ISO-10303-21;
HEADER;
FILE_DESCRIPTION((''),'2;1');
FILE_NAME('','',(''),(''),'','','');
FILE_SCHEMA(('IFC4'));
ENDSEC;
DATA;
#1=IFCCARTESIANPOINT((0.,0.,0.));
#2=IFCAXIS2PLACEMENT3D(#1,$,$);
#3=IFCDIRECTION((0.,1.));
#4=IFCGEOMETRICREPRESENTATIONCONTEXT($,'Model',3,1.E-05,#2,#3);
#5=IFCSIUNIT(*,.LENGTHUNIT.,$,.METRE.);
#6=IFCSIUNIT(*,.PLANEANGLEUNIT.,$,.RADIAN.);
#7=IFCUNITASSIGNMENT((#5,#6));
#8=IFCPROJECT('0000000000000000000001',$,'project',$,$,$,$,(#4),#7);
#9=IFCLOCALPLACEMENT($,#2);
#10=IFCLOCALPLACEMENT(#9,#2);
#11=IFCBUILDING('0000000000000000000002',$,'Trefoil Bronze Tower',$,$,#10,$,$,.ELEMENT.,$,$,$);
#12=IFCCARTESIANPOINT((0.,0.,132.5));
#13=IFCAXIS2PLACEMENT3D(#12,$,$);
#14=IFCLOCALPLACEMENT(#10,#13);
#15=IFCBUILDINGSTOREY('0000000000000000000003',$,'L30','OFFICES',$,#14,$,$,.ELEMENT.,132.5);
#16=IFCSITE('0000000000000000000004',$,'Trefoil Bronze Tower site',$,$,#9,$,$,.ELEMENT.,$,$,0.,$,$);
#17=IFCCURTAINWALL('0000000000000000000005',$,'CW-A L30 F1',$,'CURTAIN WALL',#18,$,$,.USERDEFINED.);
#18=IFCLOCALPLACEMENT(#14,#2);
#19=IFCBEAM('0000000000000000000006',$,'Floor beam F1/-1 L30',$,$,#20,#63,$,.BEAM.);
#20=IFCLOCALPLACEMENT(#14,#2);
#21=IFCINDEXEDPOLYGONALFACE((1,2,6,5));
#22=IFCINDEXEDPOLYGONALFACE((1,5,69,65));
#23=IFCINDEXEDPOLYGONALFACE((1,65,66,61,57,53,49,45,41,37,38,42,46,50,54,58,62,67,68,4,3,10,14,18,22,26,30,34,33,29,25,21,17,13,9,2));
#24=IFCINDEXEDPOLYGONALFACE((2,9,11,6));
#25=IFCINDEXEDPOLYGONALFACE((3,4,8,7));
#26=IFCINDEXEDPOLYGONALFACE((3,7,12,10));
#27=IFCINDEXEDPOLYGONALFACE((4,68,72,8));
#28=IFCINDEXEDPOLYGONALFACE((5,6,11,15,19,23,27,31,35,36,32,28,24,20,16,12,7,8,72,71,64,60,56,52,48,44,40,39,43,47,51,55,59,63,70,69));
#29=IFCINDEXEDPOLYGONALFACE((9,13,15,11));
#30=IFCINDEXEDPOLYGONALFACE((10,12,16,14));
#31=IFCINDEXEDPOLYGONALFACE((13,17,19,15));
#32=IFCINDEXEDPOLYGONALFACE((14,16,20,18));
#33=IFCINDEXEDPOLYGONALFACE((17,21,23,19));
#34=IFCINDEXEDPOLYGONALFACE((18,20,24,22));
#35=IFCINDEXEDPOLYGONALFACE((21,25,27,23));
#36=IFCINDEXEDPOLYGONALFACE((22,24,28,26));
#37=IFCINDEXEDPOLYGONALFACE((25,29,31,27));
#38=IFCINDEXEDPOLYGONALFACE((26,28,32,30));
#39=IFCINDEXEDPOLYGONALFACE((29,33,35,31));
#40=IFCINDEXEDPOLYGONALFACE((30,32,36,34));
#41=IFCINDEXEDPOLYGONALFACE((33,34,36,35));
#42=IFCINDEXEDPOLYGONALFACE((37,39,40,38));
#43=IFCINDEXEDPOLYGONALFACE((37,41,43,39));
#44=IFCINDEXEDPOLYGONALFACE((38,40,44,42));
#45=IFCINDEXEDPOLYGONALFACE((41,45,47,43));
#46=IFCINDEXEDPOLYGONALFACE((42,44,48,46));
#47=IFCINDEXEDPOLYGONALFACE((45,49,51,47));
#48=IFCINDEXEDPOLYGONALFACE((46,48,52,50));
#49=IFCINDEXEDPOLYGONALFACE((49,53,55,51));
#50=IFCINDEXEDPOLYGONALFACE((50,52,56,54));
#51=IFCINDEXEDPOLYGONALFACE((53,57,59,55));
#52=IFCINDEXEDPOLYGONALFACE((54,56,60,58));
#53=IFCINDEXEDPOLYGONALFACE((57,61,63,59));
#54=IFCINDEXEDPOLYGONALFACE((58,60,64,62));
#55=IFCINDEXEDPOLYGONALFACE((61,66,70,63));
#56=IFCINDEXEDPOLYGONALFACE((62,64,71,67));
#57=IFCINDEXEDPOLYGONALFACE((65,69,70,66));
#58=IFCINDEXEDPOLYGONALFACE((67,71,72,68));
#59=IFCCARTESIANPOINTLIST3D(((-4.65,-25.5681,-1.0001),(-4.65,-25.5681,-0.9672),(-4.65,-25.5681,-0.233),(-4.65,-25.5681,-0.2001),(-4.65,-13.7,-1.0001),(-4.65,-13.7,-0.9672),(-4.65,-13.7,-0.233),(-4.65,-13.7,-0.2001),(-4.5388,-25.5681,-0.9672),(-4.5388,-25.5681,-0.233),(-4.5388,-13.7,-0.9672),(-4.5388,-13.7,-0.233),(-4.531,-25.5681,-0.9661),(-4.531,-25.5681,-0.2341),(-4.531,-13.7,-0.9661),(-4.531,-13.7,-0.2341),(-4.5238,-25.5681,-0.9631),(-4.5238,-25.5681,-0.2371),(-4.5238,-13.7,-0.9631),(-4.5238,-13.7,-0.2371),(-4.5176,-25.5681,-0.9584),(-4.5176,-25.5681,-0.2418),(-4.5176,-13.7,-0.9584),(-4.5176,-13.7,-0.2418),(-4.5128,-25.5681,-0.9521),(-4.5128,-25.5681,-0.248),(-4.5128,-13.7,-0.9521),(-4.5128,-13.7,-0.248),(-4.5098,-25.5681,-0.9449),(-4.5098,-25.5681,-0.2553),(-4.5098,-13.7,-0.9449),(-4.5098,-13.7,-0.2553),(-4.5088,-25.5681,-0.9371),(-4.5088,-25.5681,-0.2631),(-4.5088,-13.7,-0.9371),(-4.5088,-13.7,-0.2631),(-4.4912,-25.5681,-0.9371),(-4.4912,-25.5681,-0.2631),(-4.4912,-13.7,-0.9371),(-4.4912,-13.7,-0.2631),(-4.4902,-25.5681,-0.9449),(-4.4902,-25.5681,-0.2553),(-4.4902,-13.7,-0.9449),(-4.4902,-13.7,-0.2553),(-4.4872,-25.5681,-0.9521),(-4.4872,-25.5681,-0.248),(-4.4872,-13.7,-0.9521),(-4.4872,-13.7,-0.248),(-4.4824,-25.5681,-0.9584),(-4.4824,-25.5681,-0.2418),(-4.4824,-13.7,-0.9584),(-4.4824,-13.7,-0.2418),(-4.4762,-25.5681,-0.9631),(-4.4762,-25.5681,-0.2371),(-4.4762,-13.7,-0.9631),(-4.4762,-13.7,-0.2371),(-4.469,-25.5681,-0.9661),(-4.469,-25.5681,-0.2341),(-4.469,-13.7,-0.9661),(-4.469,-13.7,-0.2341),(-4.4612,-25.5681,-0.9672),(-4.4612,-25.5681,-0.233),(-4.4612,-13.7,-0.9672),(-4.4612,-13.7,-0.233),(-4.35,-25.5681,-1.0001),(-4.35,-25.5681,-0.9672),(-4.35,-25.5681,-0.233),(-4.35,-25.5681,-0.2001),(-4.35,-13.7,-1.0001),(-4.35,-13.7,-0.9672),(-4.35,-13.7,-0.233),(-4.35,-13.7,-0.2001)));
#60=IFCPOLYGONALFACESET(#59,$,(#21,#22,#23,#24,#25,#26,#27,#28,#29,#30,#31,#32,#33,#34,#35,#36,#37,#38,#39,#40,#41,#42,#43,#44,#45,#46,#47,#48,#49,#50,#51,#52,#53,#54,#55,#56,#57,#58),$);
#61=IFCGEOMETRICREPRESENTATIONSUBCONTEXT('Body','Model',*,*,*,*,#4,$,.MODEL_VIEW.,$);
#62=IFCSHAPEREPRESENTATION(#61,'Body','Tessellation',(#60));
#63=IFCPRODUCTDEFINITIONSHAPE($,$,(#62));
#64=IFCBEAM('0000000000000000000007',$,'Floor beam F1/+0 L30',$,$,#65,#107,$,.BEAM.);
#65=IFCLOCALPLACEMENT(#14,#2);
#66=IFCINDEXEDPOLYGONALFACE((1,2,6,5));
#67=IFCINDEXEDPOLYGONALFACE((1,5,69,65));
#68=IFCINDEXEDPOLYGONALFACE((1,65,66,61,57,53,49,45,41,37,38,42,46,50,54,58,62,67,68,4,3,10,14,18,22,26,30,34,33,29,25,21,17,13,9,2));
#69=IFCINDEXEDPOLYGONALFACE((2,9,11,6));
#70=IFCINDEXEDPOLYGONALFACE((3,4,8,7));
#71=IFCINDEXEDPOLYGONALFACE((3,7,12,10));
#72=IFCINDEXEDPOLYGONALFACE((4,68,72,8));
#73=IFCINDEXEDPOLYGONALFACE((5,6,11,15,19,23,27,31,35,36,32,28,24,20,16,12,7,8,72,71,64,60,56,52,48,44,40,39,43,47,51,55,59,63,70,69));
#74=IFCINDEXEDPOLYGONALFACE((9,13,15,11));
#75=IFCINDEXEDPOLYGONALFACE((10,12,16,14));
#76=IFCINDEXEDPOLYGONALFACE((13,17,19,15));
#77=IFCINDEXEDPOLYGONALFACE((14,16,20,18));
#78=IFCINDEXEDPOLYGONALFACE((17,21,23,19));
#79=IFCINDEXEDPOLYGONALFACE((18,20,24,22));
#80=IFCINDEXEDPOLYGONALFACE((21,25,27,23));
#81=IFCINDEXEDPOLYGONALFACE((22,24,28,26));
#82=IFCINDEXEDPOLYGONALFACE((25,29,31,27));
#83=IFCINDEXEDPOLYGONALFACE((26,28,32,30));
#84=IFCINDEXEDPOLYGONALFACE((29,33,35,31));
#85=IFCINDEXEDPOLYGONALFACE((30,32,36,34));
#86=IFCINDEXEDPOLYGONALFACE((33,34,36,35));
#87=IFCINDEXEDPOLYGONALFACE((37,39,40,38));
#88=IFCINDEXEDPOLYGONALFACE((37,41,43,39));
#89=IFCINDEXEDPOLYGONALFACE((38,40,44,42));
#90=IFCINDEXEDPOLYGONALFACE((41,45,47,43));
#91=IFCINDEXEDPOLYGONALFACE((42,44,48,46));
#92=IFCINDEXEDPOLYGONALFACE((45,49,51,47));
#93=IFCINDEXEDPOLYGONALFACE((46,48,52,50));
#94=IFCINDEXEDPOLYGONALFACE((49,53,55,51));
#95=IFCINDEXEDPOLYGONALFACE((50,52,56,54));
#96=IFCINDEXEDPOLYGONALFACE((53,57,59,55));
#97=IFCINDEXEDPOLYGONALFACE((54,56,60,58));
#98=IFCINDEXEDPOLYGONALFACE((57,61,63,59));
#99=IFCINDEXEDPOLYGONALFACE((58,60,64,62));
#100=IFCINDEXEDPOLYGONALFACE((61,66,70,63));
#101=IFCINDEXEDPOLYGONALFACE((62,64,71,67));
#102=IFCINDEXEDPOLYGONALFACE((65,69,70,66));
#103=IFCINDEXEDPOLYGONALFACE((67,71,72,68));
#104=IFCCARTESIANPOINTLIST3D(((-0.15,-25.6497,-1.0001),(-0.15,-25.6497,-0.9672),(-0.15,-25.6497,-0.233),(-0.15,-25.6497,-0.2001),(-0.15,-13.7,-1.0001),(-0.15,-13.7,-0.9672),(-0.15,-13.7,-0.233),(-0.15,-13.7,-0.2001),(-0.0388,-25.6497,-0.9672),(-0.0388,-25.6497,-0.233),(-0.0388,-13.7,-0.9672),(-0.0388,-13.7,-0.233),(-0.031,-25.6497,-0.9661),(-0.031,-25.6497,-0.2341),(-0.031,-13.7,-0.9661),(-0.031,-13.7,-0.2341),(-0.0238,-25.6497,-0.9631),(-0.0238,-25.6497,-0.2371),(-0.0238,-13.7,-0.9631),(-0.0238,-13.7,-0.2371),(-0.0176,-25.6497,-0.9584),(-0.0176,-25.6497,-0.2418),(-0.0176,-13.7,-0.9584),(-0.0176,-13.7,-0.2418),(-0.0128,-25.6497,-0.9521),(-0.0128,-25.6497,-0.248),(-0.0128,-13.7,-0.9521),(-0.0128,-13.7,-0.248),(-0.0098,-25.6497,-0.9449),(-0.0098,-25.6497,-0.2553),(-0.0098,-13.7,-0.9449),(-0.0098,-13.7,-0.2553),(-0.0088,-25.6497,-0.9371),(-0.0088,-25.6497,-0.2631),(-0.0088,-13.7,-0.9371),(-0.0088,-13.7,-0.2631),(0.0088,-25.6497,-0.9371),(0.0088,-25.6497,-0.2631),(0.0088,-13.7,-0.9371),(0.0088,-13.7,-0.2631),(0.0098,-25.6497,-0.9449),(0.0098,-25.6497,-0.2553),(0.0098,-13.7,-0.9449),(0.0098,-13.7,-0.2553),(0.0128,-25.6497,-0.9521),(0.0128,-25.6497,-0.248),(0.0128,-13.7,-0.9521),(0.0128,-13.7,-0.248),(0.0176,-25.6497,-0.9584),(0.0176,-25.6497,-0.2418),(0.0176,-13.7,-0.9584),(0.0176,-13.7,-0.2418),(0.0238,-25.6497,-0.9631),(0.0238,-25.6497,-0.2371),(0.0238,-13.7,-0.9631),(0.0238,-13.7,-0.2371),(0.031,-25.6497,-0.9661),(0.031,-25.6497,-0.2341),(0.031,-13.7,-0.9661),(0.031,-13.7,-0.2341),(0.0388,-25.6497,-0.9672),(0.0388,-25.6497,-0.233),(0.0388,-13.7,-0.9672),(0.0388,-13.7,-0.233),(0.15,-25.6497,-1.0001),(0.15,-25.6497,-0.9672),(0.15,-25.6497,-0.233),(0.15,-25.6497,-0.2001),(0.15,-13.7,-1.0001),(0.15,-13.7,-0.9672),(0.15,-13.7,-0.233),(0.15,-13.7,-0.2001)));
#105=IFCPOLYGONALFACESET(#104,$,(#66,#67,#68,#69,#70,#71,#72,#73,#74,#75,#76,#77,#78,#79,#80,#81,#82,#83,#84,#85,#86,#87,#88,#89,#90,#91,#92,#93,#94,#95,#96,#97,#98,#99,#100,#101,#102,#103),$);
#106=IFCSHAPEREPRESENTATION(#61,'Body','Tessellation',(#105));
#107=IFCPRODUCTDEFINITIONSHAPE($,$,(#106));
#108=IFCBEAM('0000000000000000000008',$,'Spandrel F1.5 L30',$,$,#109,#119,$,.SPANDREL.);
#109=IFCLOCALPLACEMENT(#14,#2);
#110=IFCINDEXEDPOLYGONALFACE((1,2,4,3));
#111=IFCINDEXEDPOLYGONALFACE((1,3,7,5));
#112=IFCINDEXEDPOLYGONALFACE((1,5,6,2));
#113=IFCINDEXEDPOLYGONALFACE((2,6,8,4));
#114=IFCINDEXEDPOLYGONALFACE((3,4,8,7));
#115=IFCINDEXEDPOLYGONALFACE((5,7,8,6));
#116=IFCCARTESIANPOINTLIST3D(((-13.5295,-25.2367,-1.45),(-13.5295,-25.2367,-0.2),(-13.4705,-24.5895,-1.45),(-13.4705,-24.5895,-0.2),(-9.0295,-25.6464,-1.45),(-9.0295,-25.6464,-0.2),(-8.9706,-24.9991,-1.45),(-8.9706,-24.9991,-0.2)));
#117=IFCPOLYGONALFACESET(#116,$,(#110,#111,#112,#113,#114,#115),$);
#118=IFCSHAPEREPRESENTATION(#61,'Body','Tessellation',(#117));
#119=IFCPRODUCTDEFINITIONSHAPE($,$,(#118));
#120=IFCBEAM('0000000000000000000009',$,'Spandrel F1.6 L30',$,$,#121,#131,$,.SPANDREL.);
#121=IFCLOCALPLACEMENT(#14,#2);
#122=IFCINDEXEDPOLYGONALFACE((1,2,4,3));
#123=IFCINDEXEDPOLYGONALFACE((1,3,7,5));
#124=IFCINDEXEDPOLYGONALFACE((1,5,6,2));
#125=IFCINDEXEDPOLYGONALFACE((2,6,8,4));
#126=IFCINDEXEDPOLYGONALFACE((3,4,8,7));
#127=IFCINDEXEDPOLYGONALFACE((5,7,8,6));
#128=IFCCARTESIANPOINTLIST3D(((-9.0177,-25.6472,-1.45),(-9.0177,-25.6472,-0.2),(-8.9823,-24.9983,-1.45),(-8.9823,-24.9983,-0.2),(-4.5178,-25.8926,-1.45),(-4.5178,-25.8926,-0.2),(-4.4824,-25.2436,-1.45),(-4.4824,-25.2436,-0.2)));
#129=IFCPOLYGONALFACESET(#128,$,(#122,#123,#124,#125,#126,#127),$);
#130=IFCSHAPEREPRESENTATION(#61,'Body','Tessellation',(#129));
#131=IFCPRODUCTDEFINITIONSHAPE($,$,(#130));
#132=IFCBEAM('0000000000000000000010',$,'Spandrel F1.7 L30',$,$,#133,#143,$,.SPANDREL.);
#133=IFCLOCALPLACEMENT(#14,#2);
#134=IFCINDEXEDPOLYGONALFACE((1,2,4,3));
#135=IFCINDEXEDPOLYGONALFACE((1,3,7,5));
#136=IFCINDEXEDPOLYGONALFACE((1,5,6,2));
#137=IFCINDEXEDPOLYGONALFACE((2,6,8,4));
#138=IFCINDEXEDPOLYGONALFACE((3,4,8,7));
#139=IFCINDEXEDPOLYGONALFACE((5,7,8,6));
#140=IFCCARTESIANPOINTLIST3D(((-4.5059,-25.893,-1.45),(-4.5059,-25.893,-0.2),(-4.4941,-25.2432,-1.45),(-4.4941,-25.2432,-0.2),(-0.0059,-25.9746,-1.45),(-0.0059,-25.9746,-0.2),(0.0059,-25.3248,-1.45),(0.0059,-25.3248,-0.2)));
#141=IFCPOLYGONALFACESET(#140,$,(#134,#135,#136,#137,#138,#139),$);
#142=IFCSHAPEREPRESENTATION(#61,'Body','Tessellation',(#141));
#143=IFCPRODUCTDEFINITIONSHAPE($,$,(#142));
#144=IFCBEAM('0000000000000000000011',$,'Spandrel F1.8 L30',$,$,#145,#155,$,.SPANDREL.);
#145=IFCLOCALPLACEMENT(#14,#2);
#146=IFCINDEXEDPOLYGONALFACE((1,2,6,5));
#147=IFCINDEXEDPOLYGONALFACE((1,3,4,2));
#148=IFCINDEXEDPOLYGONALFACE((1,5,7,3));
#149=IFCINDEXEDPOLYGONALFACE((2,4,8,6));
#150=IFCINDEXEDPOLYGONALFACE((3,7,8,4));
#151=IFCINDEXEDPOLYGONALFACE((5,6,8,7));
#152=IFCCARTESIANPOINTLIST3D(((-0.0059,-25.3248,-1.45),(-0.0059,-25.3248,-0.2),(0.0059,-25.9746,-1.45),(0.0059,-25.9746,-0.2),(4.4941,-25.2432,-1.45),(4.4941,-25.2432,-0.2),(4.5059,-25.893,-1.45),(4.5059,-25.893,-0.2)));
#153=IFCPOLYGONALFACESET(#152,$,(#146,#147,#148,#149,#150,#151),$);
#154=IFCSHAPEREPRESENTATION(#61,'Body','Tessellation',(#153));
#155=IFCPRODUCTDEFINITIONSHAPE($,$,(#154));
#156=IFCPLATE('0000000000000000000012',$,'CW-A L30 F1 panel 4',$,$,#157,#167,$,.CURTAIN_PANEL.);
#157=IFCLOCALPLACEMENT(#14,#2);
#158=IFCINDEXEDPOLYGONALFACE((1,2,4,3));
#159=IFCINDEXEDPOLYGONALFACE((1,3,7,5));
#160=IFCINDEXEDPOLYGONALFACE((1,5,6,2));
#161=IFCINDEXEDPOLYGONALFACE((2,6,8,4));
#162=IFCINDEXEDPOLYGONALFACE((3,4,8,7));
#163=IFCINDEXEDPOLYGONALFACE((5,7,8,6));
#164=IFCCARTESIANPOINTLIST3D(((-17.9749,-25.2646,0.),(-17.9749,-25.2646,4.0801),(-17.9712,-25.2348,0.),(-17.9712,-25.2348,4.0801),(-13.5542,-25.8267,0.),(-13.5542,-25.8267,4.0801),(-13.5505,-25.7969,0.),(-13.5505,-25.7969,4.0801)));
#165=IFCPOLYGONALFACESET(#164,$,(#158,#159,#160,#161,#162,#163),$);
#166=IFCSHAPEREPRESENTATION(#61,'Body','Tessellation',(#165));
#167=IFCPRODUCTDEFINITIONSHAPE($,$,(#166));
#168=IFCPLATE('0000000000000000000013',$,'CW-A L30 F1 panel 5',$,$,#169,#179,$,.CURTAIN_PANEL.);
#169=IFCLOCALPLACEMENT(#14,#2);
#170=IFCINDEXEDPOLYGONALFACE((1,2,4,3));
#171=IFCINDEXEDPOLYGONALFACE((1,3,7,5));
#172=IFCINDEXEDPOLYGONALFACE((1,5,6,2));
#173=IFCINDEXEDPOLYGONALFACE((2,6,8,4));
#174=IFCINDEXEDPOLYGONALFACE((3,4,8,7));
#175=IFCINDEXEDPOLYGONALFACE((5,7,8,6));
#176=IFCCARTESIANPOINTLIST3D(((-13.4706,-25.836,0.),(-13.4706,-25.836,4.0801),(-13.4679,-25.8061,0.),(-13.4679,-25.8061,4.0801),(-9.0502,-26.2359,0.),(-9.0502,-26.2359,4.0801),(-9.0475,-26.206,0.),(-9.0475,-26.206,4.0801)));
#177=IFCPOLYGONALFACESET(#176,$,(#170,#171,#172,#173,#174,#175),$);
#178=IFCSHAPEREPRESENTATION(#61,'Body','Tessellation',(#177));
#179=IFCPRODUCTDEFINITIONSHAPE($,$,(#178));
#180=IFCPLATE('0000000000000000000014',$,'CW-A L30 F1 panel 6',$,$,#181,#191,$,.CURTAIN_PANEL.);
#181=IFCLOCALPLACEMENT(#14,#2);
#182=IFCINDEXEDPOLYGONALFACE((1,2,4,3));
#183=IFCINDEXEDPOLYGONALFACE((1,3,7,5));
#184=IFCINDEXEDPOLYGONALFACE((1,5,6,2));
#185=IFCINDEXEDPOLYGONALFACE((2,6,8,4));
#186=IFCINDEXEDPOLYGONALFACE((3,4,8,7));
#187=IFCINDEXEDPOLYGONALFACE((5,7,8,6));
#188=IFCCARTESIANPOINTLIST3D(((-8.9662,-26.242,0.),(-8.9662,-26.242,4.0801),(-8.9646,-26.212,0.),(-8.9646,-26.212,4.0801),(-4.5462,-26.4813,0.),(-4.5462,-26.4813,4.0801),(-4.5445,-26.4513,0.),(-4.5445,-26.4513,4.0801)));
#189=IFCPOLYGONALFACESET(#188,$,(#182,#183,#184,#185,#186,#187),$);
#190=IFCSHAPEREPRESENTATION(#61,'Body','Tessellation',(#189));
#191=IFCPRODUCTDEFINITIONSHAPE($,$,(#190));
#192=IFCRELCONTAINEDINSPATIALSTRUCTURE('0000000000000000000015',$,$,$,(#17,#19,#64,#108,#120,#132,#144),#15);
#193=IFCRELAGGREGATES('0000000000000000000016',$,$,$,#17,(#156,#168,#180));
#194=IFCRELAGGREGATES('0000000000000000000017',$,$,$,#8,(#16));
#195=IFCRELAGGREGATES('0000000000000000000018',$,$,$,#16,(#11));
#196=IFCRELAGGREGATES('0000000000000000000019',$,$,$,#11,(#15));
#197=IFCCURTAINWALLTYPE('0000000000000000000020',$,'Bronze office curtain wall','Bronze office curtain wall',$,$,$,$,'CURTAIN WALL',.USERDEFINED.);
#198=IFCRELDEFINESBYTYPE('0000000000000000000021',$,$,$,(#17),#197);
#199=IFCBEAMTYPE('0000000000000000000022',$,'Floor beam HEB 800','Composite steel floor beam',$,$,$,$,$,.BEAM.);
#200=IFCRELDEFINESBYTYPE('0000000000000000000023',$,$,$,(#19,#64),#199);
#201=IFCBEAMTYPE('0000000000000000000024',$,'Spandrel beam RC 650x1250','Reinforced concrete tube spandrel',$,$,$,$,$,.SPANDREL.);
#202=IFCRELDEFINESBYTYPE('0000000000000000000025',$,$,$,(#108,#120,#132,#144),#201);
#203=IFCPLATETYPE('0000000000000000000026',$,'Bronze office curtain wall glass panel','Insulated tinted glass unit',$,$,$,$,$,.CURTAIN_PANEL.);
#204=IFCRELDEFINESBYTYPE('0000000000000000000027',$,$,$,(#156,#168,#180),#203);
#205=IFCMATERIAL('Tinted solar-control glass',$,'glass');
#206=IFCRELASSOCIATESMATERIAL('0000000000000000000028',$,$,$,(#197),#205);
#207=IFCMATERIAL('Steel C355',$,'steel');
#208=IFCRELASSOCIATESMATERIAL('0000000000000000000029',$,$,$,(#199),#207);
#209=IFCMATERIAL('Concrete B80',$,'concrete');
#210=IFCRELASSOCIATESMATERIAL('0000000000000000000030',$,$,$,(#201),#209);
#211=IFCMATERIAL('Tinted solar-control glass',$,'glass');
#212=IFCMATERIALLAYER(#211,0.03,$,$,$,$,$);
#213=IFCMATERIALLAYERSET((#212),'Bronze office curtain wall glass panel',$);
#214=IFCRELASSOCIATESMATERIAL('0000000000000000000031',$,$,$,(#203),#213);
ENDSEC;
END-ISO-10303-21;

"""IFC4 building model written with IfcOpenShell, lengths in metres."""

from ifc_helpers import new_model, si_unit, direction, frame, origin, origin_2d, place, context, subcontext, project, spatial, rectangle, i_section, extrude, material, layer, layer_set, material_profile, profile_set, type_object, element, aggregate, save


model = new_model("IFC4")

# Units and contexts
model_context = context("Model", 3, precision=1e-05, world=origin(), true_north=direction((0.0, 1.0)))
body_context = subcontext(model_context, "Body", "Model", "MODEL_VIEW")
ifc_project = project(units=[si_unit("LENGTHUNIT", "METRE"), si_unit("PLANEANGLEUNIT", "RADIAN")], contexts=[model_context])

# Site, building, storey
site_placement = place(None, origin())
site = spatial("IfcSite", under=ifc_project, at=site_placement, Name="Trefoil Bronze Tower site", CompositionType="ELEMENT", RefElevation=0.0)
building_placement = place(site_placement, origin())
building = spatial("IfcBuilding", under=site, at=building_placement, Name="Trefoil Bronze Tower", CompositionType="ELEMENT")
storey_placement = place(building_placement, frame((0.0, 0.0, 132.5)))
storey = spatial("IfcBuildingStorey", under=building, at=storey_placement, Name="L30", Description="OFFICES", CompositionType="ELEMENT", Elevation=132.5)

# Curtain wall
ifc_material_1 = material(Name="Tinted solar-control glass", Category="glass")
curtain_wall_type = type_object("IfcCurtainWallType", Name="Bronze office curtain wall", Description="Bronze office curtain wall", ElementType="CURTAIN WALL", PredefinedType="USERDEFINED", material=ifc_material_1)
curtain_wall_placement = place(storey_placement, origin())
curtain_wall = element("IfcCurtainWall", 1, at=curtain_wall_placement, inside=storey, type_object=curtain_wall_type, Name="CW-A L30 F1", ObjectType="CURTAIN WALL", PredefinedType="USERDEFINED")

# Beams
ifc_material_2 = material(Name="Steel C355", Category="steel")
ifc_material_profile_1 = material_profile(ifc_material_2, i_section(OverallWidth=0.3, OverallDepth=0.8, WebThickness=0.0176, FlangeThickness=0.033, FilletRadius=0.03, at=origin_2d()), Name="HEB 800")
ifc_profile_set_1 = profile_set([ifc_material_profile_1], Name="Steel C355")
beam_type_1 = type_object("IfcBeamType", Name="Floor beam HEB 800", Description="Composite steel floor beam", PredefinedType="BEAM", material=ifc_profile_set_1)
beam_1_placement = place(storey_placement, frame((-4.5, -25.5681, -0.6001), z_axis=(0.0, 1.0, 0.0), x_axis=(-1.0, 0.0, 0.0)))
element("IfcBeam", 2, at=beam_1_placement, inside=storey, type_object=beam_type_1, Name="Floor beam F1/-1 L30", PredefinedType="BEAM", context=body_context, shape_type="SweptSolid", body=[
    extrude(i_section(OverallWidth=0.3, OverallDepth=0.8, WebThickness=0.0176, FlangeThickness=0.033, FilletRadius=0.03, at=origin_2d()), origin(), (0.0, 0.0, 1.0), 11.8682),
])
beam_2_placement = place(storey_placement, frame((0.0, -25.6497, -0.6001), z_axis=(0.0, 1.0, 0.0), x_axis=(-1.0, 0.0, 0.0)))
element("IfcBeam", 3, at=beam_2_placement, inside=storey, type_object=beam_type_1, Name="Floor beam F1/+0 L30", PredefinedType="BEAM", context=body_context, shape_type="SweptSolid", body=[
    extrude(i_section(OverallWidth=0.3, OverallDepth=0.8, WebThickness=0.0176, FlangeThickness=0.033, FilletRadius=0.03, at=origin_2d()), origin(), (0.0, 0.0, 1.0), 11.9497),
])
ifc_material_3 = material(Name="Concrete B80", Category="concrete")
ifc_material_profile_2 = material_profile(ifc_material_3, rectangle(XDim=0.6499, YDim=1.25, at=origin_2d()), Name="RC 650x1250")
ifc_profile_set_2 = profile_set([ifc_material_profile_2], Name="Concrete B80")
beam_type_2 = type_object("IfcBeamType", Name="Spandrel beam RC 650x1250", Description="Reinforced concrete tube spandrel", PredefinedType="SPANDREL", material=ifc_profile_set_2)
beam_3_placement = place(storey_placement, frame((-13.5, -24.9131, -0.825), z_axis=(0.995882, -0.090662, 0.0), x_axis=(0.090662, 0.995882, 0.0)))
element("IfcBeam", 4, at=beam_3_placement, inside=storey, type_object=beam_type_2, Name="Spandrel F1.5 L30", PredefinedType="SPANDREL", context=body_context, shape_type="SweptSolid", body=[
    extrude(rectangle(XDim=0.6499, YDim=1.25, at=origin_2d()), origin(), (0.0, 0.0, 1.0), 4.5186),
])
beam_4_placement = place(storey_placement, frame((-9.0, -25.3228, -0.825), z_axis=(0.998517, -0.054444, 0.0), x_axis=(0.054444, 0.998517, 0.0)))
element("IfcBeam", 5, at=beam_4_placement, inside=storey, type_object=beam_type_2, Name="Spandrel F1.6 L30", PredefinedType="SPANDREL", context=body_context, shape_type="SweptSolid", body=[
    extrude(rectangle(XDim=0.6499, YDim=1.25, at=origin_2d()), origin(), (0.0, 0.0, 1.0), 4.5066),
])
for number, where, z_axis, x_axis, name in (
    (6, (-4.5, -25.5681, -0.825), (0.999836, -0.018118, 0.0), (0.018118, 0.999836, 0.0), "Spandrel F1.7 L30"),
    (7, (0.0, -25.6497, -0.825), (0.999836, 0.018118, 0.0), (-0.018118, 0.999836, 0.0), "Spandrel F1.8 L30"),
):
    element("IfcBeam", number, at=place(storey_placement, frame(where, z_axis=z_axis, x_axis=x_axis)), inside=storey, type_object=beam_type_2, Name=name, PredefinedType="SPANDREL", context=body_context, shape_type="SweptSolid", body=[
        extrude(rectangle(XDim=0.6499, YDim=1.25, at=origin_2d()), origin(), (0.0, 0.0, 1.0), 4.5007),
    ])

# Plates
ifc_material_4 = material(Name="Tinted solar-control glass", Category="glass")
ifc_layer_1 = layer(ifc_material_4, 0.03)
ifc_layer_set_1 = layer_set([ifc_layer_1], Name="Bronze office curtain wall glass panel")
plate_type = type_object("IfcPlateType", Name="Bronze office curtain wall glass panel", Description="Insulated tinted glass unit", PredefinedType="CURTAIN_PANEL", material=ifc_layer_set_1)
plate_1_placement = place(storey_placement, frame((-15.7627, -25.5308, 0.0), z_axis=(0.0, 0.0, 1.0), x_axis=(0.992012, -0.126147, 0.0)))
plate_1 = element("IfcPlate", 8, at=plate_1_placement, type_object=plate_type, Name="CW-A L30 F1 panel 4", PredefinedType="CURTAIN_PANEL", context=body_context, shape_type="SweptSolid", body=[
    extrude(rectangle(XDim=4.4563, YDim=0.03, at=origin_2d()), origin(), (0.0, 0.0, 1.0), 4.0801),
])
plate_2_placement = place(storey_placement, frame((-11.259, -26.021, 0.0), z_axis=(0.0, 0.0, 1.0), x_axis=(0.995932, -0.090105, 0.0)))
plate_2 = element("IfcPlate", 9, at=plate_2_placement, type_object=plate_type, Name="CW-A L30 F1 panel 5", PredefinedType="CURTAIN_PANEL", context=body_context, shape_type="SweptSolid", body=[
    extrude(rectangle(XDim=4.4385, YDim=0.03, at=origin_2d()), origin(), (0.0, 0.0, 1.0), 4.0801),
])
plate_3_placement = place(storey_placement, frame((-6.7554, -26.3467, 0.0), z_axis=(0.0, 0.0, 1.0), x_axis=(0.998538, -0.054063, 0.0)))
plate_3 = element("IfcPlate", 10, at=plate_3_placement, type_object=plate_type, Name="CW-A L30 F1 panel 6", PredefinedType="CURTAIN_PANEL", context=body_context, shape_type="SweptSolid", body=[
    extrude(rectangle(XDim=4.4265, YDim=0.03, at=origin_2d()), origin(), (0.0, 0.0, 1.0), 4.0801),
])
aggregate(curtain_wall, [plate_1, plate_2, plate_3])

save(model, "model.ifc")
